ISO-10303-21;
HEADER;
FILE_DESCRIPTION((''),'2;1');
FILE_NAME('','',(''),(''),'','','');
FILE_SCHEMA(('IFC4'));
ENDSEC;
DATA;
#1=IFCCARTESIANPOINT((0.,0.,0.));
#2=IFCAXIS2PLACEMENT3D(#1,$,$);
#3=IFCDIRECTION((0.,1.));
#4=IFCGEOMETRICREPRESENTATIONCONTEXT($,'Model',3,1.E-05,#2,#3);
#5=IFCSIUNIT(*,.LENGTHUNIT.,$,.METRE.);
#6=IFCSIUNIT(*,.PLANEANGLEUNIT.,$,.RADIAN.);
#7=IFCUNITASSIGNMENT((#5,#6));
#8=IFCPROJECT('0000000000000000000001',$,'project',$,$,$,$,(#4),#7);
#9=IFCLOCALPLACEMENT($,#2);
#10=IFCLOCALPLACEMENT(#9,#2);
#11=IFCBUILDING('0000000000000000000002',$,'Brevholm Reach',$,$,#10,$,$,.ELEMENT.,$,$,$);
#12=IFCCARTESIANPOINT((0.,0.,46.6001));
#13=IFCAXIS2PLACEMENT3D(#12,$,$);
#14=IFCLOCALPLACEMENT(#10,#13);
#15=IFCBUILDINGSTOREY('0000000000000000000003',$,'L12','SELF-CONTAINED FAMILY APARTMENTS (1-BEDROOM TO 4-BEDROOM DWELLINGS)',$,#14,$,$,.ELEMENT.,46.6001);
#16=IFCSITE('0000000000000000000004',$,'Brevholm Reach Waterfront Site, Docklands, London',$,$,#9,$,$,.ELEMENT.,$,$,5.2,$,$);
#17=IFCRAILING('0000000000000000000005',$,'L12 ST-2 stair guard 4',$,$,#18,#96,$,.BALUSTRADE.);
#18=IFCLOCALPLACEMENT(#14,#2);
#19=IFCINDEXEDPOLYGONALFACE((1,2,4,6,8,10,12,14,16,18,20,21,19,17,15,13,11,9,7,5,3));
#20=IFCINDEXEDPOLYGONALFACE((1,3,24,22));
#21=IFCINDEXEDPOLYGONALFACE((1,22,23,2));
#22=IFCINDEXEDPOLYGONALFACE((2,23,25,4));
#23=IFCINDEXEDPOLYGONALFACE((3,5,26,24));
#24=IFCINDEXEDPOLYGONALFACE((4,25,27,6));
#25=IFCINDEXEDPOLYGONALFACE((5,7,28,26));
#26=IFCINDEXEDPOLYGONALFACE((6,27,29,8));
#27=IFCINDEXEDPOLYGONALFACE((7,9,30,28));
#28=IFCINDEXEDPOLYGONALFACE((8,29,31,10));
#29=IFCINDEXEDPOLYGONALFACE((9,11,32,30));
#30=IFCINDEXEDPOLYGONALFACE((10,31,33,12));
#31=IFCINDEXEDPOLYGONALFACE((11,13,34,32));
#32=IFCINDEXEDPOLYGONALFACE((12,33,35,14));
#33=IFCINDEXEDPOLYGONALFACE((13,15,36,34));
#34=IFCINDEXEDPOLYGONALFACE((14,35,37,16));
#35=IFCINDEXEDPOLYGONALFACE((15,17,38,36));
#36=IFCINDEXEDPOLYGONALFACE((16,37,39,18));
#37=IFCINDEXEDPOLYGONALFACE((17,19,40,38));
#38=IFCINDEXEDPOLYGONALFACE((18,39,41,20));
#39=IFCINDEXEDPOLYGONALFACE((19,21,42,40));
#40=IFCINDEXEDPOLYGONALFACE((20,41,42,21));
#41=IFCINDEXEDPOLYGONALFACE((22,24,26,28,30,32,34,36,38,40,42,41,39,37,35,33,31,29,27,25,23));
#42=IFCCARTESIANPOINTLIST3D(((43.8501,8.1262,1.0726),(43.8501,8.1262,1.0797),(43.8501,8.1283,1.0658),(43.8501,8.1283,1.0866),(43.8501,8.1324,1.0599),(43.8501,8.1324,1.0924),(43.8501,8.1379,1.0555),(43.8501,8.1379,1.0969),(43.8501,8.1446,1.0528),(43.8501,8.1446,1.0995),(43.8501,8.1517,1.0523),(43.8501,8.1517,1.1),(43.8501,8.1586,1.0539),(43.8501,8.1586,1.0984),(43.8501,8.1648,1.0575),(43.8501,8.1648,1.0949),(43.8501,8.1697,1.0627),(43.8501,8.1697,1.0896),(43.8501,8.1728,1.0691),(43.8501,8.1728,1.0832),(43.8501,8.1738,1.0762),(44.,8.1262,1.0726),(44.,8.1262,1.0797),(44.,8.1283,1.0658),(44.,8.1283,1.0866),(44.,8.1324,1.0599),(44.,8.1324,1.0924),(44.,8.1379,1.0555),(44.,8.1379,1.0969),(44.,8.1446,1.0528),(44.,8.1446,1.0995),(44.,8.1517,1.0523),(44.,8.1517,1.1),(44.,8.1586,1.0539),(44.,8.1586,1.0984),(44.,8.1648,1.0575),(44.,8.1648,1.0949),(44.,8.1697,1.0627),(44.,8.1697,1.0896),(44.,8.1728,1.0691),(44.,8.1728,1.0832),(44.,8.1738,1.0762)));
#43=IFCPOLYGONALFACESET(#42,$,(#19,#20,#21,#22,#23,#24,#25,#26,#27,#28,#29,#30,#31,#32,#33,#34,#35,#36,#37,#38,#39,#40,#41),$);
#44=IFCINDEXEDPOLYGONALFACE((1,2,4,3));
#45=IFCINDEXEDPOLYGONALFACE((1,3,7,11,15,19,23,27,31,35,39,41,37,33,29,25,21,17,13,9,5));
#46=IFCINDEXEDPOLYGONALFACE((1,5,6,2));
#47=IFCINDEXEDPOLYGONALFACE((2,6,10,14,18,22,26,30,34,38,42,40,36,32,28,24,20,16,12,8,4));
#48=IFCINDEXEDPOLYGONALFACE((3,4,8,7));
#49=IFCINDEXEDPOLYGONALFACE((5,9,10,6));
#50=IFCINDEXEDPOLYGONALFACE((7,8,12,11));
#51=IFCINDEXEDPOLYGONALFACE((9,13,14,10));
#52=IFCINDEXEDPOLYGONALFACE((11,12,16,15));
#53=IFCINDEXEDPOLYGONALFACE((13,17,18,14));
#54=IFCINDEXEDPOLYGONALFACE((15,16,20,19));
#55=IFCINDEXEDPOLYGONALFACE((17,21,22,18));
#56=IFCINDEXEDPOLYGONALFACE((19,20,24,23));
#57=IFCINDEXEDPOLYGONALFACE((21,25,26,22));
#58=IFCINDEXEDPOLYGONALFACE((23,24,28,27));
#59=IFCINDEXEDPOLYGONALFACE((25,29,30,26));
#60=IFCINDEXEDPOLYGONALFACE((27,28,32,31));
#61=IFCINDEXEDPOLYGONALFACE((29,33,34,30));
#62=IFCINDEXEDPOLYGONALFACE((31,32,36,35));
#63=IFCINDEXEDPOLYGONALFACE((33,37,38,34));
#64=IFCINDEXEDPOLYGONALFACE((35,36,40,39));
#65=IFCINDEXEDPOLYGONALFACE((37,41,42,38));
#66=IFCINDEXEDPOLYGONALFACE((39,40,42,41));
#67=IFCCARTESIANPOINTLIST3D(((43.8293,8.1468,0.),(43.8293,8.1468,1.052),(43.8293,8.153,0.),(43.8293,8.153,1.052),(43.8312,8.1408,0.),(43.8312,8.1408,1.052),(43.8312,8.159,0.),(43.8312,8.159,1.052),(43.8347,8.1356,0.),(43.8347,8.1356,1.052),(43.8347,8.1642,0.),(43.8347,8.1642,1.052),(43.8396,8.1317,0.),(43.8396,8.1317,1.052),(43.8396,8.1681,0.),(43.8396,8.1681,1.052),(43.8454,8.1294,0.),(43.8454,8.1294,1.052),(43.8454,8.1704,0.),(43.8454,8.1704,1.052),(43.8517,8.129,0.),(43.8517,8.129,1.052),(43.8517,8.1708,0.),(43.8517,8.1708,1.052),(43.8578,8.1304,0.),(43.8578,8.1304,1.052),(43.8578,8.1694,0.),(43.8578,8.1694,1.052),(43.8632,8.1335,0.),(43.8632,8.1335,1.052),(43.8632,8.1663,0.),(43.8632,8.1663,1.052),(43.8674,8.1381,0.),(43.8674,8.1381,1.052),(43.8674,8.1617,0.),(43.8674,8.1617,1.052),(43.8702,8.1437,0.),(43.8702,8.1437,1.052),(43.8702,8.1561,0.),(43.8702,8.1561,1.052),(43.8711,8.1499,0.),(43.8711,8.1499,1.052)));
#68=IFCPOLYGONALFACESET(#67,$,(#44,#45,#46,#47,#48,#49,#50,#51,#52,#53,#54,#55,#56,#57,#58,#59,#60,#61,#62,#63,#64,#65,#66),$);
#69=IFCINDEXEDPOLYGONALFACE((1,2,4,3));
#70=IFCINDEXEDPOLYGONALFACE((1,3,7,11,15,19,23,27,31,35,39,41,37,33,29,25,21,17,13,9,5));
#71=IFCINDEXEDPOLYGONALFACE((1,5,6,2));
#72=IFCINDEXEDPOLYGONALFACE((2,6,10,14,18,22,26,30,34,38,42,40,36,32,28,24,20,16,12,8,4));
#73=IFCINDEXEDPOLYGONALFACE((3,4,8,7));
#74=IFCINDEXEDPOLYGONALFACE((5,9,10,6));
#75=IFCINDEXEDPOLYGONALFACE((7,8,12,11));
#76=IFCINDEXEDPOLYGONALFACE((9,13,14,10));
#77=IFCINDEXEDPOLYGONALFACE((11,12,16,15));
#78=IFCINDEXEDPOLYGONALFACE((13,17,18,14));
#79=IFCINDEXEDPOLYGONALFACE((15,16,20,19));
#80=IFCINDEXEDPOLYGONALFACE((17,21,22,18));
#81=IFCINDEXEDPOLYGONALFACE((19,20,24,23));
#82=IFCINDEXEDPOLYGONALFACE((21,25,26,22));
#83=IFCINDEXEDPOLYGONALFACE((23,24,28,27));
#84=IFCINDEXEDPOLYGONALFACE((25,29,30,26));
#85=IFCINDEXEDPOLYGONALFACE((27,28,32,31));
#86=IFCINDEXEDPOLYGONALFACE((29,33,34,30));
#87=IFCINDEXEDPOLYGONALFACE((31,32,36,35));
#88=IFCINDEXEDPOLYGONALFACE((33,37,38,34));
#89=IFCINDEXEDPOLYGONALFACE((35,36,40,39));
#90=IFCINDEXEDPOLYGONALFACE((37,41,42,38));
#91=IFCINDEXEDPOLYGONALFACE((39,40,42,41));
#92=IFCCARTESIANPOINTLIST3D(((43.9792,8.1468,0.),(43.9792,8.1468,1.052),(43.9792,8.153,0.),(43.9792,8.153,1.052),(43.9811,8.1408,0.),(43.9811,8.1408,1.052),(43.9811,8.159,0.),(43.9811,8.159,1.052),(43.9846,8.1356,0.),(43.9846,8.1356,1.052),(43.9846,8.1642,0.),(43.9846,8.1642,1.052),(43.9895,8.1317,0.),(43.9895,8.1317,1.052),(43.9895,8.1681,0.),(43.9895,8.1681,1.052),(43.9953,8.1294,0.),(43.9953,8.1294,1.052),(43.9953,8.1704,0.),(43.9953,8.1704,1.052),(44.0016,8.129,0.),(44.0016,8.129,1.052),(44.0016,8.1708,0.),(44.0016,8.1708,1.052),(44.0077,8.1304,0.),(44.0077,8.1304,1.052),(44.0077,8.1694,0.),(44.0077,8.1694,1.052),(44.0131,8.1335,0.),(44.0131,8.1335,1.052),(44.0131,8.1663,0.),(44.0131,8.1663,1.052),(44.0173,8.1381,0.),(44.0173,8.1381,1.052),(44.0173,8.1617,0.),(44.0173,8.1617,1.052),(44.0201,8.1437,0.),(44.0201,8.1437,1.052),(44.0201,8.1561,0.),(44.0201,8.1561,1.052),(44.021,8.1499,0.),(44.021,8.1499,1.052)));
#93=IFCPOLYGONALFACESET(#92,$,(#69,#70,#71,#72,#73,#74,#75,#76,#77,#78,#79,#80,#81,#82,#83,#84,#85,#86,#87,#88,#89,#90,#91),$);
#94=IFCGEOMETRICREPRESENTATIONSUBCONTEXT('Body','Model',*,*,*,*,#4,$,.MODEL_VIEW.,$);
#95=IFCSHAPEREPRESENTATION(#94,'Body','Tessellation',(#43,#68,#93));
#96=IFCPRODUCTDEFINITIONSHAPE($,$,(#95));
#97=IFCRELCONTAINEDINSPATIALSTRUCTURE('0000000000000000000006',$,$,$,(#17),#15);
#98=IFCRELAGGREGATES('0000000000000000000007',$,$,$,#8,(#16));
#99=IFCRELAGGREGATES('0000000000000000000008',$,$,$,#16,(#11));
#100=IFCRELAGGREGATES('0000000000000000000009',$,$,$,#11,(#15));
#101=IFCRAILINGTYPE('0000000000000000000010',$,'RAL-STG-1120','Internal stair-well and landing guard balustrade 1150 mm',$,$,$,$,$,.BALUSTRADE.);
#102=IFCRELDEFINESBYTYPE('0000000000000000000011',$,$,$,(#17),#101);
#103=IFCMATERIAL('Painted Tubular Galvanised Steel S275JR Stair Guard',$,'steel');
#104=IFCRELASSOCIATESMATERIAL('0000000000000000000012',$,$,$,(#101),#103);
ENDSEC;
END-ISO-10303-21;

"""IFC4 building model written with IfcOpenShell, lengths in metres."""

from ifc_helpers import new_model, si_unit, direction, frame, origin, origin_2d, place, context, subcontext, project, spatial, circle, extrude, material, type_object, element, save


model = new_model("IFC4")

# Units and contexts
model_context = context("Model", 3, precision=1e-05, world=origin(), true_north=direction((0.0, 1.0)))
body_context = subcontext(model_context, "Body", "Model", "MODEL_VIEW")
ifc_project = project(units=[si_unit("LENGTHUNIT", "METRE"), si_unit("PLANEANGLEUNIT", "RADIAN")], contexts=[model_context])

# Site, building, storey
site_placement = place(None, origin())
site = spatial("IfcSite", under=ifc_project, at=site_placement, Name="Brevholm Reach Waterfront Site, Docklands, London", CompositionType="ELEMENT", RefElevation=5.2)
building_placement = place(site_placement, origin())
building = spatial("IfcBuilding", under=site, at=building_placement, Name="Brevholm Reach", CompositionType="ELEMENT")
storey_placement = place(building_placement, frame((0.0, 0.0, 46.6001)))
storey = spatial("IfcBuildingStorey", under=building, at=storey_placement, Name="L12", Description="SELF-CONTAINED FAMILY APARTMENTS (1-BEDROOM TO 4-BEDROOM DWELLINGS)", CompositionType="ELEMENT", Elevation=46.6001)

# Railing
ifc_material_1 = material(Name="Painted Tubular Galvanised Steel S275JR Stair Guard", Category="steel")
railing_type = type_object("IfcRailingType", Name="RAL-STG-1120", Description="Internal stair-well and landing guard balustrade 1150 mm", PredefinedType="BALUSTRADE", material=ifc_material_1)
railing_placement = place(storey_placement, frame((43.8501, 8.1499, 0.0)))
element("IfcRailing", 1, at=railing_placement, inside=storey, type_object=railing_type, Name="L12 ST-2 stair guard 4", PredefinedType="BALUSTRADE", context=body_context, shape_type="SweptSolid", body=[
    extrude(circle(Radius=0.0239, at=origin_2d()), frame((0.0, 0.0, 1.0762), z_axis=(1.0, 0.0, 0.0), x_axis=(0.0, 1.0, 0.0)), (0.0, 0.0, 1.0), 0.1499),
    extrude(circle(Radius=0.021, at=origin_2d()), origin(), (0.0, 0.0, 1.0), 1.052),
    extrude(circle(Radius=0.021, at=origin_2d()), frame((0.1499, 0.0, 0.0)), (0.0, 0.0, 1.0), 1.052),
])

save(model, "model.ifc")
